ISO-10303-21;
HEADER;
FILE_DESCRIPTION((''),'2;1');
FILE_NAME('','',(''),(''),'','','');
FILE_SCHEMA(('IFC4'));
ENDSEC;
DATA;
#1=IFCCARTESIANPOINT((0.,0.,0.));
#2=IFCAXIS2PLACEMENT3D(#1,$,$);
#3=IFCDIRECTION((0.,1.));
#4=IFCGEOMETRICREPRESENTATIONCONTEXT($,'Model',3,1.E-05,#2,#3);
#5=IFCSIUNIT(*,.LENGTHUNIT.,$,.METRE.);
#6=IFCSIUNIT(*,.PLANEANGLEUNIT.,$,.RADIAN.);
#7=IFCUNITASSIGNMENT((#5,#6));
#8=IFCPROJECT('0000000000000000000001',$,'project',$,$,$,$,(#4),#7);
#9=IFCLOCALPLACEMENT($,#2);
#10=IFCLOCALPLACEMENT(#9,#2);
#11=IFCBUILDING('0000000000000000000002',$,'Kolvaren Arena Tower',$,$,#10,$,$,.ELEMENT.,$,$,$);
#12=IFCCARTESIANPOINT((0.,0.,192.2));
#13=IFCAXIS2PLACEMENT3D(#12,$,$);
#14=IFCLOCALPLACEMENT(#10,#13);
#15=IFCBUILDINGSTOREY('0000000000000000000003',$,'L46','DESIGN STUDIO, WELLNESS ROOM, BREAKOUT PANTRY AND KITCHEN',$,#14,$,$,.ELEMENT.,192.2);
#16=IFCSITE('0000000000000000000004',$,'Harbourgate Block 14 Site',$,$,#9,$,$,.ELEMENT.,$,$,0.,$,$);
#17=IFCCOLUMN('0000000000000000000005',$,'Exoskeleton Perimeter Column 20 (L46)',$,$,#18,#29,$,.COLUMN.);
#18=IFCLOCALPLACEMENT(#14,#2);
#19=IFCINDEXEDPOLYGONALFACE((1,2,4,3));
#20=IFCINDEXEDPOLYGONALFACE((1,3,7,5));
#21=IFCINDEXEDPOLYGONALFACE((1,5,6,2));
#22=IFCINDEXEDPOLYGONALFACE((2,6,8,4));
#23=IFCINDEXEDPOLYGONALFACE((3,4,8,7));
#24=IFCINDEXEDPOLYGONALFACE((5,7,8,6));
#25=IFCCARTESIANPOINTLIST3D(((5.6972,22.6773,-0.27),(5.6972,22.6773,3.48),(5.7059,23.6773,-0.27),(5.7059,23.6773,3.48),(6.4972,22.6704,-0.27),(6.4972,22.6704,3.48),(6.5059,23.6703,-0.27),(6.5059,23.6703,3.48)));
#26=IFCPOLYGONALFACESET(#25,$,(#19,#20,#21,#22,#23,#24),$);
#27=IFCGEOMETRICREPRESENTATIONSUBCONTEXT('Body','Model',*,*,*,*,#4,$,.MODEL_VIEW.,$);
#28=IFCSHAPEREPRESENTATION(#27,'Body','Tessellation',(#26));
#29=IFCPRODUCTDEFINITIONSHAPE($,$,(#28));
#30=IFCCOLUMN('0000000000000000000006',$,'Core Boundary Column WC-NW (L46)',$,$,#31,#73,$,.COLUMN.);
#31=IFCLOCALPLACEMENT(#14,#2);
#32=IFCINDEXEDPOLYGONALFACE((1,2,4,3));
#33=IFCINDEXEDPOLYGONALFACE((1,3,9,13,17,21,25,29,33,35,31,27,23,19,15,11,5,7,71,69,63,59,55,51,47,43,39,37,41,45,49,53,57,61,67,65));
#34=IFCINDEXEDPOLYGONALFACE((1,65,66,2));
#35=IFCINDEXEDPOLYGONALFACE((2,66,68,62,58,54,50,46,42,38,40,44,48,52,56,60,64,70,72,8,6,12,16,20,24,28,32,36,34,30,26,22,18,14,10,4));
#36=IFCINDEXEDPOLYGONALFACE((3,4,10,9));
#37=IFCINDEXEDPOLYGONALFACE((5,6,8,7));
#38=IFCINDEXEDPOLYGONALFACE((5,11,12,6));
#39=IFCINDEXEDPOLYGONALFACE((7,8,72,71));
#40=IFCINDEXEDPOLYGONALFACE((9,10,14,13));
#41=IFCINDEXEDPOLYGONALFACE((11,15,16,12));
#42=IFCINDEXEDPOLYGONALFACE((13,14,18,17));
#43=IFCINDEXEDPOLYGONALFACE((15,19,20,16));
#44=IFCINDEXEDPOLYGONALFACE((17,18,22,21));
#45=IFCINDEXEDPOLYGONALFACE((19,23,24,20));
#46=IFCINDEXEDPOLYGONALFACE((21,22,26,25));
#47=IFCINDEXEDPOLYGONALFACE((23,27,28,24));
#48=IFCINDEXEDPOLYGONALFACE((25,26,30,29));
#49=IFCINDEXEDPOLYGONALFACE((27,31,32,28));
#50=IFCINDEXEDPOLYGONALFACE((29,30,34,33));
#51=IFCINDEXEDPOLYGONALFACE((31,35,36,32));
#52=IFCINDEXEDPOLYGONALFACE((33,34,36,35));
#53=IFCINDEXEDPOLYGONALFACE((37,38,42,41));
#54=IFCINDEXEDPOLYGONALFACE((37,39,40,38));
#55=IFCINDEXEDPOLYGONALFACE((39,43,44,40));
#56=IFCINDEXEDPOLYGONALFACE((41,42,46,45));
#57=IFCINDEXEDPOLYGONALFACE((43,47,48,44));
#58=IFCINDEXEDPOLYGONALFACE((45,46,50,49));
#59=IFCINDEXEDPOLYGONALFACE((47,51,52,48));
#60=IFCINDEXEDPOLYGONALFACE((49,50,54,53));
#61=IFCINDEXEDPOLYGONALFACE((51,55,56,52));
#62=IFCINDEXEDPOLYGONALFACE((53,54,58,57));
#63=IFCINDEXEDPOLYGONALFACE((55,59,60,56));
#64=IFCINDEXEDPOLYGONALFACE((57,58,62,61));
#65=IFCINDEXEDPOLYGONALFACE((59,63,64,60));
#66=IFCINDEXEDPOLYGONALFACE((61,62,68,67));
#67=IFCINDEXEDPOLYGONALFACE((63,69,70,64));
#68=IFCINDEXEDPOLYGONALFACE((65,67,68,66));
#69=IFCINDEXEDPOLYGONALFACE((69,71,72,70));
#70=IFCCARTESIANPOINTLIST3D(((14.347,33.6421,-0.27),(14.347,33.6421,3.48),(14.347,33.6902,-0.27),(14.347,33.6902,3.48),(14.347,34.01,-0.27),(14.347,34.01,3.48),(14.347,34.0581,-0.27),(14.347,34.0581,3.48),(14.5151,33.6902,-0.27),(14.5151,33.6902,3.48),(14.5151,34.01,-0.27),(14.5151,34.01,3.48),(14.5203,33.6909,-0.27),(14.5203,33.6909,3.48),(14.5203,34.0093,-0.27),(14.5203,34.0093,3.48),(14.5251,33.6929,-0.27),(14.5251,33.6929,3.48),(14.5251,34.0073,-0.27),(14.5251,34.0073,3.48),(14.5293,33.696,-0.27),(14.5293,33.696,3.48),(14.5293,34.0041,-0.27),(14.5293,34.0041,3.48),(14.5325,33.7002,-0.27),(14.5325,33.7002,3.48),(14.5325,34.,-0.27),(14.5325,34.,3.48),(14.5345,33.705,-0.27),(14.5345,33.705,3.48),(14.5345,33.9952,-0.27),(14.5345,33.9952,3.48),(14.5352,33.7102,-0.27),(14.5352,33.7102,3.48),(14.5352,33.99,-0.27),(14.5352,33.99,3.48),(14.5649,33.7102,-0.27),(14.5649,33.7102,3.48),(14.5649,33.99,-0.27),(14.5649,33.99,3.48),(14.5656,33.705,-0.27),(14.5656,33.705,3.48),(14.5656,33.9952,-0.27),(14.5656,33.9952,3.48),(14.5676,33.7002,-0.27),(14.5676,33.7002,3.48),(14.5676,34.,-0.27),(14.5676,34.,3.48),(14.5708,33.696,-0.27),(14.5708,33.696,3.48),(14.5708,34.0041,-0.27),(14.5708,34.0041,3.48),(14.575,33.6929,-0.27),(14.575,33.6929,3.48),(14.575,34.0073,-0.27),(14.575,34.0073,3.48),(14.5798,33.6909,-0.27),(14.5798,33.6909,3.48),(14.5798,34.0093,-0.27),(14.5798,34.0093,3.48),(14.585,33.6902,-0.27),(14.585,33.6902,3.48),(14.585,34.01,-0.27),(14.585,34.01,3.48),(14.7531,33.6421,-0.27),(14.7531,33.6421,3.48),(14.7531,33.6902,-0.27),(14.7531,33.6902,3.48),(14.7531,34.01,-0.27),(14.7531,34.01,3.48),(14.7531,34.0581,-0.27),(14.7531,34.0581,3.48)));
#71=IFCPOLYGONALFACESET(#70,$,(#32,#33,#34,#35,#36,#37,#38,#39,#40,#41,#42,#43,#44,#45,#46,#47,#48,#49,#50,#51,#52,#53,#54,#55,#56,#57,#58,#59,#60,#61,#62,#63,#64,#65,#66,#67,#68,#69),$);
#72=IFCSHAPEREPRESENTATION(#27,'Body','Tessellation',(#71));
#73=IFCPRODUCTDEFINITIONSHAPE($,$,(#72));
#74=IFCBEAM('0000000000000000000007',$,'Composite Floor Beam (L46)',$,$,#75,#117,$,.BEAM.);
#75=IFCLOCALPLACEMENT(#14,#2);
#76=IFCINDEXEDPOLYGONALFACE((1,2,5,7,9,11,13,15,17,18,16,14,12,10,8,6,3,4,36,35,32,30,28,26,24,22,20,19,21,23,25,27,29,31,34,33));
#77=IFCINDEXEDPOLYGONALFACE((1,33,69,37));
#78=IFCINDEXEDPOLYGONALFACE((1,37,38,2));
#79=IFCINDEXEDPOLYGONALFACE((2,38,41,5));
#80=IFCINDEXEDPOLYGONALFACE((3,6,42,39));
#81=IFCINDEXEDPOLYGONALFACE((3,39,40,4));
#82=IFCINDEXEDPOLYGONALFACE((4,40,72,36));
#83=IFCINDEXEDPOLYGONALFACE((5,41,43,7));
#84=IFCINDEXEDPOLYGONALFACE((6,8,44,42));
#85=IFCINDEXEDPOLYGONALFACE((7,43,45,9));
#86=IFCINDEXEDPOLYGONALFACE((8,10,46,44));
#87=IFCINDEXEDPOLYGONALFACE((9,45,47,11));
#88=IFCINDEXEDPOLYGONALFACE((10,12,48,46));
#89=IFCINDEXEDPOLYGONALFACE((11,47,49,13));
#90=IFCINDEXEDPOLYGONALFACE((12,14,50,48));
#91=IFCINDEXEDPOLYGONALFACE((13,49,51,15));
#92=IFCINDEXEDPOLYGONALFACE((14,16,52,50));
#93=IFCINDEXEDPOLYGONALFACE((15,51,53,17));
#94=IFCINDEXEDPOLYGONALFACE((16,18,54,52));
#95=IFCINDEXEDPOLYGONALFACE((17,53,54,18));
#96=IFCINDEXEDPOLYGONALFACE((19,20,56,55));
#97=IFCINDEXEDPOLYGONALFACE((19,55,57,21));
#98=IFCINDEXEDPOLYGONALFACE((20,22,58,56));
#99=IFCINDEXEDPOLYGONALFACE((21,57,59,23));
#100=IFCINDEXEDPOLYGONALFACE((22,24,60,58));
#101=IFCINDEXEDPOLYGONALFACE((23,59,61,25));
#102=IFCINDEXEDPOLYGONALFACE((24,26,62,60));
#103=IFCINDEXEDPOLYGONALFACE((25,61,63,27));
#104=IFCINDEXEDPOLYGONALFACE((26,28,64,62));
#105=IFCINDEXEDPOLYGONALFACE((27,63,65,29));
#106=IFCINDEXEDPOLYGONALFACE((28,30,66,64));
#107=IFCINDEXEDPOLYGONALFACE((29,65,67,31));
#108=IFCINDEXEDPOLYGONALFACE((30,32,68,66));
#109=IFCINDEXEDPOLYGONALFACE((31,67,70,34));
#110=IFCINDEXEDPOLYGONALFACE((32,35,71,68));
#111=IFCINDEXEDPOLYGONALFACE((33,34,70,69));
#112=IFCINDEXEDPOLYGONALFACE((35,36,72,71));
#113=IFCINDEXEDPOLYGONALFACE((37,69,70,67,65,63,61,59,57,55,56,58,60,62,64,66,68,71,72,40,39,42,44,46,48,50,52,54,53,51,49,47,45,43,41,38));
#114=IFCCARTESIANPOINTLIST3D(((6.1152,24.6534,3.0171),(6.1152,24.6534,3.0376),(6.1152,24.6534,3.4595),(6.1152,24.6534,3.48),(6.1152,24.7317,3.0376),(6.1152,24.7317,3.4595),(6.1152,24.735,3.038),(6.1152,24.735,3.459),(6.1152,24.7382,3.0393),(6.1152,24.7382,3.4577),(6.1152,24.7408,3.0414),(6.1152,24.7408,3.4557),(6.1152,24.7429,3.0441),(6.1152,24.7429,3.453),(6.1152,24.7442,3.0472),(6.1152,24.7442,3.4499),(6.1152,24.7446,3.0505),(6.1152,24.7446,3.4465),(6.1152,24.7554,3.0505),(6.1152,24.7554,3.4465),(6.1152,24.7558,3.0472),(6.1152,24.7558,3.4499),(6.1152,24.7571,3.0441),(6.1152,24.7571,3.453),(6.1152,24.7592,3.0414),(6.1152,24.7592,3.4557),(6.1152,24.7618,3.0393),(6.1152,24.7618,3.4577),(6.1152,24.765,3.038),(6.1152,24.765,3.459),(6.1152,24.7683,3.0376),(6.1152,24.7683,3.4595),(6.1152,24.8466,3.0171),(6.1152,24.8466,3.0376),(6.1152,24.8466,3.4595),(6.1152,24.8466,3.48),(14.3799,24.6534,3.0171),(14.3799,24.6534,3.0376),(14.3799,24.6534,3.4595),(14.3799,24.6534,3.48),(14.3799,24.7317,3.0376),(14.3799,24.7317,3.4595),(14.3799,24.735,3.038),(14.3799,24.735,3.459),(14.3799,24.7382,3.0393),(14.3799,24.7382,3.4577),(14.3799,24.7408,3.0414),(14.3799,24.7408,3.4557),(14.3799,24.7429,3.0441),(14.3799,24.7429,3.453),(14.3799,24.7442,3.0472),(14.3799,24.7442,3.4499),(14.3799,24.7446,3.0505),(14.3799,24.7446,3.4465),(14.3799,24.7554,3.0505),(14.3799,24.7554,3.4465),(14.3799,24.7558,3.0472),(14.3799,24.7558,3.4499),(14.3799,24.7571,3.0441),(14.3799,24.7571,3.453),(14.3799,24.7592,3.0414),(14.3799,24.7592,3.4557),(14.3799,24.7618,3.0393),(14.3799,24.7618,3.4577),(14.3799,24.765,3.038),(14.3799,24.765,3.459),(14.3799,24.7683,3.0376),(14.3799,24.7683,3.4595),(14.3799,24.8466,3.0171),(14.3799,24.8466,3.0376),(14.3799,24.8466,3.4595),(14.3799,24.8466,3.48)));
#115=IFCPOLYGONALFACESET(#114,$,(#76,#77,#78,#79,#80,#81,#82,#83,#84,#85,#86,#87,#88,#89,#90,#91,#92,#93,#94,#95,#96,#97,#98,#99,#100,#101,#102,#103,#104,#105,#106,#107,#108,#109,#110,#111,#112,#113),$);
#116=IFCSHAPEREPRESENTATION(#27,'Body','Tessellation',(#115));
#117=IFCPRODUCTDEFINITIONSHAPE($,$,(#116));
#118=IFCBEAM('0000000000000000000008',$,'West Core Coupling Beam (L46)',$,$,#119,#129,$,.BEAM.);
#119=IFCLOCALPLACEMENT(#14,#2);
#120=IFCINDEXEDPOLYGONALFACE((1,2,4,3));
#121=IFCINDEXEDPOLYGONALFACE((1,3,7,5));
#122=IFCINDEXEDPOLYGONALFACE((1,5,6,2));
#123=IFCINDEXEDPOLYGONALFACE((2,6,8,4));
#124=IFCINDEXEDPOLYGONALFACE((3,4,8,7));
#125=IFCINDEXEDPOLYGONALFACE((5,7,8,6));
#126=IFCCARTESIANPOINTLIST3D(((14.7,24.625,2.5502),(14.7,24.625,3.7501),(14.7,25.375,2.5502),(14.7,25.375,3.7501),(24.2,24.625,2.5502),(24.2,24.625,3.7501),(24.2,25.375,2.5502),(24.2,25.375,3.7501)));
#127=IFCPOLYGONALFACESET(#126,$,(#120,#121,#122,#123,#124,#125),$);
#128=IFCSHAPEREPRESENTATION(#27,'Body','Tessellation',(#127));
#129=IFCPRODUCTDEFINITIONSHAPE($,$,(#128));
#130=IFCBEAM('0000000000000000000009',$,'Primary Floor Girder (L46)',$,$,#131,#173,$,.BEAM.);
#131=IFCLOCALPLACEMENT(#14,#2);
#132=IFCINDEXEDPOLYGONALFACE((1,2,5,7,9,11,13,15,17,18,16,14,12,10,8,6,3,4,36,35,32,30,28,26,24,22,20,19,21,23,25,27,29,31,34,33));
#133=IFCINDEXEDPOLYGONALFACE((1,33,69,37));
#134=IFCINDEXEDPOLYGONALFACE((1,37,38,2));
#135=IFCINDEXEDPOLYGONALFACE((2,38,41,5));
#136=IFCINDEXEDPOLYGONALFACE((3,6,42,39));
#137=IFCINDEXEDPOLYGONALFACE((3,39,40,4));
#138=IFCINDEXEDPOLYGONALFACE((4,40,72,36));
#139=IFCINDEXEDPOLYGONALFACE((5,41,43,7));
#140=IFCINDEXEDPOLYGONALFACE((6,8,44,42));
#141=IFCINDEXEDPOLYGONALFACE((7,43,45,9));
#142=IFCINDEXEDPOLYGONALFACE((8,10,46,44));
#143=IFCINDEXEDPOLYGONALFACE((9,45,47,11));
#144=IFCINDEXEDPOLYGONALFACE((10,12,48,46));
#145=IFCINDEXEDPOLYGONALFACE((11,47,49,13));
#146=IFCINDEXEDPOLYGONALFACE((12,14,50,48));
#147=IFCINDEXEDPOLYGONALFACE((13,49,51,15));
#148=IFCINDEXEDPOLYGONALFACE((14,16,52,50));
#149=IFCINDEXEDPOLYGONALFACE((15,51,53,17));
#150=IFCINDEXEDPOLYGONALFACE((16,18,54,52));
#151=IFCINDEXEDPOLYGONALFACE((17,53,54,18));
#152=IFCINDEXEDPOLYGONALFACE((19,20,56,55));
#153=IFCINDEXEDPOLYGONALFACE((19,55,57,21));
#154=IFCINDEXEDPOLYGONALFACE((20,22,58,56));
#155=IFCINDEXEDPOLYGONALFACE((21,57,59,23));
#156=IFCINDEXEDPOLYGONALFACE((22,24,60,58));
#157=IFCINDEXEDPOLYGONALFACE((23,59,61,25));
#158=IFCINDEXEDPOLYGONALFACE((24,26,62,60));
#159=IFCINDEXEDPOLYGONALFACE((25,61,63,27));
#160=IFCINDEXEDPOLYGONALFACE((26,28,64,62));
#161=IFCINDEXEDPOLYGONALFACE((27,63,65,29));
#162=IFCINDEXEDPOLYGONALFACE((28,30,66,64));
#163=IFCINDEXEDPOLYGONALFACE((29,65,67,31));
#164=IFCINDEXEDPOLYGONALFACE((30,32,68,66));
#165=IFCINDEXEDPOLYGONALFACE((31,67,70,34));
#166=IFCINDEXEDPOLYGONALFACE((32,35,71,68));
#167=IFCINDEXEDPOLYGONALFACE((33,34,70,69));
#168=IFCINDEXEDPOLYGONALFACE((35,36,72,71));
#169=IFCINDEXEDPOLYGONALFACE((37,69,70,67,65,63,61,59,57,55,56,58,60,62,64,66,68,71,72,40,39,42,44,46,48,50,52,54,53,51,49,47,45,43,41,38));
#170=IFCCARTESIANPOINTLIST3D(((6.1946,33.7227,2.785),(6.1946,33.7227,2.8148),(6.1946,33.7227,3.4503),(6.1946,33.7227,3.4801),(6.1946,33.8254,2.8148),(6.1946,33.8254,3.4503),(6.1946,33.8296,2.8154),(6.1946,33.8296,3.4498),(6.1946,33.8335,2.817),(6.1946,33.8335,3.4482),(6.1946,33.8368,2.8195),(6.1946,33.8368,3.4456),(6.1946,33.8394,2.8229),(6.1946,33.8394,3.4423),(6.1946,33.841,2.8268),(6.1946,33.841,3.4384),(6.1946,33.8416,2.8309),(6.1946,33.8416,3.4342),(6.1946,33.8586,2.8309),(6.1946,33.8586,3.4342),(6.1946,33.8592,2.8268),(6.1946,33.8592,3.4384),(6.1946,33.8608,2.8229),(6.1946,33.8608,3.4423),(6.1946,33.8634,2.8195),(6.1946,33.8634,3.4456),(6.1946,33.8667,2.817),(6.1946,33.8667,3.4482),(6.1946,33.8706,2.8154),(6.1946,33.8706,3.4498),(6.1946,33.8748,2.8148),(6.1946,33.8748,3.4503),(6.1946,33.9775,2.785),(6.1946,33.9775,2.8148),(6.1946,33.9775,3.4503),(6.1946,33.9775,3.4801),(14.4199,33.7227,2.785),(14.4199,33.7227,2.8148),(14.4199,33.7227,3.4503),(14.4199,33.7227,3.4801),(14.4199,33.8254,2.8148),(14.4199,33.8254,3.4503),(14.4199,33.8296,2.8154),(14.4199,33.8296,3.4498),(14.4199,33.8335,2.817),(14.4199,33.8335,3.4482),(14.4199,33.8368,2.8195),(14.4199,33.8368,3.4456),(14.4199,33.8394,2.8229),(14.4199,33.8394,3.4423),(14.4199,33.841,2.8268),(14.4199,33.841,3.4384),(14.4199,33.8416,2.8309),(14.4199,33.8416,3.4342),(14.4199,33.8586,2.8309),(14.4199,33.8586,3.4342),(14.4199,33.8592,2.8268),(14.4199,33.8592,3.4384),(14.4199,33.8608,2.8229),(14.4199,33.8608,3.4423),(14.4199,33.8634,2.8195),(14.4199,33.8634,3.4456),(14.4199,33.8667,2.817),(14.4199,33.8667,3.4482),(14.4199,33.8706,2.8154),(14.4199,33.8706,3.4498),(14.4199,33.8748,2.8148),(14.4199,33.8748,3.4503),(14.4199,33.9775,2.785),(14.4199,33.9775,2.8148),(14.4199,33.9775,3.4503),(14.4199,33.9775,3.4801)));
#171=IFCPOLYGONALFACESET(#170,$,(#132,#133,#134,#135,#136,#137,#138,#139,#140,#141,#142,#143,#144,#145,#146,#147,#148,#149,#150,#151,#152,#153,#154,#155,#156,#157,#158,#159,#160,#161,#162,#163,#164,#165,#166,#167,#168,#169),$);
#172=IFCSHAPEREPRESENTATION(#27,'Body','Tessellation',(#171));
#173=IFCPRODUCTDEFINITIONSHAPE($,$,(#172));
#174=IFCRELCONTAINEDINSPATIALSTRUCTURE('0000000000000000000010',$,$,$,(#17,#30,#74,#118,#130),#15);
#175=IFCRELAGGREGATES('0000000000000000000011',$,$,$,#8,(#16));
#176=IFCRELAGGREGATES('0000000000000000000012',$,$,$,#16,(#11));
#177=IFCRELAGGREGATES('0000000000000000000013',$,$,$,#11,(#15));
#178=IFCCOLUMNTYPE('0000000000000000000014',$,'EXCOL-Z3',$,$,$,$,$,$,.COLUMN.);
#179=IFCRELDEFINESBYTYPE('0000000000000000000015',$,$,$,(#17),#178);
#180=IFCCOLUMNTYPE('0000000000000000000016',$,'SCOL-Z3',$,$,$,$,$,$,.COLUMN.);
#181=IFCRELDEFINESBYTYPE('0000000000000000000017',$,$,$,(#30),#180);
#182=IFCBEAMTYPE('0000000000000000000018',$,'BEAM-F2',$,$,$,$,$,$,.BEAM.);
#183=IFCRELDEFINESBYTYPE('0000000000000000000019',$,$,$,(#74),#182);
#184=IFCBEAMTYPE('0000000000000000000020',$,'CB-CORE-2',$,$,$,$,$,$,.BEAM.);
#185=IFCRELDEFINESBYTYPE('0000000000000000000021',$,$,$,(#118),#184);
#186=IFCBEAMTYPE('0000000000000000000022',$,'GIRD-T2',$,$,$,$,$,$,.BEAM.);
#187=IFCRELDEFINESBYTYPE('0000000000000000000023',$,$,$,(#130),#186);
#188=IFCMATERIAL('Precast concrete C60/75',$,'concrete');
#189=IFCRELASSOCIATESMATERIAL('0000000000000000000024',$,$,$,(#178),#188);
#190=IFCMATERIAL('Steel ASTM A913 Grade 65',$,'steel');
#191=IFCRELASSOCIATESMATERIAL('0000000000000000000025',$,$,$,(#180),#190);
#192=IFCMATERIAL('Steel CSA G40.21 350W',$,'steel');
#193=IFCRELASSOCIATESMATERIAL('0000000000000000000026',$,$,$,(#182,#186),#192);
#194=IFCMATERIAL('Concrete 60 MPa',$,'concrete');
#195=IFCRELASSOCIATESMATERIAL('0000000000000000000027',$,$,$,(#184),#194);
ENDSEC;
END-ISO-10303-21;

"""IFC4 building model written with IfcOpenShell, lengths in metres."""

from ifc_helpers import new_model, si_unit, direction, frame, origin, origin_2d, place, context, subcontext, project, spatial, rectangle, i_section, extrude, material, material_profile, profile_set, type_object, element, save


model = new_model("IFC4")

# Units and contexts
model_context = context("Model", 3, precision=1e-05, world=origin(), true_north=direction((0.0, 1.0)))
body_context = subcontext(model_context, "Body", "Model", "MODEL_VIEW")
ifc_project = project(units=[si_unit("LENGTHUNIT", "METRE"), si_unit("PLANEANGLEUNIT", "RADIAN")], contexts=[model_context])

# Site, building, storey
site_placement = place(None, origin())
site = spatial("IfcSite", under=ifc_project, at=site_placement, Name="Harbourgate Block 14 Site", CompositionType="ELEMENT", RefElevation=0.0)
building_placement = place(site_placement, origin())
building = spatial("IfcBuilding", under=site, at=building_placement, Name="Kolvaren Arena Tower", CompositionType="ELEMENT")
storey_placement = place(building_placement, frame((0.0, 0.0, 192.2)))
storey = spatial("IfcBuildingStorey", under=building, at=storey_placement, Name="L46", Description="DESIGN STUDIO, WELLNESS ROOM, BREAKOUT PANTRY AND KITCHEN", CompositionType="ELEMENT", Elevation=192.2)

# Columns
ifc_material_1 = material(Name="Precast concrete C60/75", Category="concrete")
ifc_material_profile_1 = material_profile(ifc_material_1, rectangle(XDim=1.0, YDim=0.8, at=origin_2d()), Name="RC-1000x800")
ifc_profile_set_1 = profile_set([ifc_material_profile_1], Name="Precast concrete C60/75")
column_type_1 = type_object("IfcColumnType", Name="EXCOL-Z3", PredefinedType="COLUMN", material=ifc_profile_set_1)
column_1_placement = place(storey_placement, frame((6.1016, 23.1738, -0.27), z_axis=(0.0, 0.0, 1.0), x_axis=(0.008727, 0.999962, 0.0)))
element("IfcColumn", 1, at=column_1_placement, inside=storey, type_object=column_type_1, Name="Exoskeleton Perimeter Column 20 (L46)", PredefinedType="COLUMN", context=body_context, shape_type="SweptSolid", body=[
    extrude(rectangle(XDim=1.0, YDim=0.8, at=origin_2d()), origin(), (0.0, 0.0, 1.0), 3.75),
])
ifc_material_2 = material(Name="Steel ASTM A913 Grade 65", Category="steel")
ifc_material_profile_2 = material_profile(ifc_material_2, i_section(OverallWidth=0.406, OverallDepth=0.416, WebThickness=0.0298, FlangeThickness=0.0481, FilletRadius=0.02, at=origin_2d()), Name="W360x382")
ifc_profile_set_2 = profile_set([ifc_material_profile_2], Name="Steel ASTM A913 Grade 65")
column_type_2 = type_object("IfcColumnType", Name="SCOL-Z3", PredefinedType="COLUMN", material=ifc_profile_set_2)
column_2_placement = place(storey_placement, frame((14.55, 33.8501, -0.27), z_axis=(0.0, 0.0, 1.0), x_axis=(1.0, 0.0, 0.0)))
element("IfcColumn", 2, at=column_2_placement, inside=storey, type_object=column_type_2, Name="Core Boundary Column WC-NW (L46)", PredefinedType="COLUMN", context=body_context, shape_type="SweptSolid", body=[
    extrude(i_section(OverallWidth=0.406, OverallDepth=0.416, WebThickness=0.0298, FlangeThickness=0.0481, FilletRadius=0.02, at=origin_2d()), origin(), (0.0, 0.0, 1.0), 3.75),
])

# Beams
ifc_material_3 = material(Name="Steel CSA G40.21 350W", Category="steel")
ifc_material_profile_3 = material_profile(ifc_material_3, i_section(OverallWidth=0.1931, OverallDepth=0.4629, WebThickness=0.0107, FlangeThickness=0.0205, FilletRadius=0.0129, at=origin_2d()), Name="W460x113")
ifc_profile_set_3 = profile_set([ifc_material_profile_3], Name="Steel CSA G40.21 350W")
beam_type_1 = type_object("IfcBeamType", Name="BEAM-F2", PredefinedType="BEAM", material=ifc_profile_set_3)
beam_1_placement = place(storey_placement, frame((6.1152, 24.75, 3.2485), z_axis=(1.0, 0.0, 0.0), x_axis=(0.0, 1.0, 0.0)))
element("IfcBeam", 3, at=beam_1_placement, inside=storey, type_object=beam_type_1, Name="Composite Floor Beam (L46)", PredefinedType="BEAM", context=body_context, shape_type="SweptSolid", body=[
    extrude(i_section(OverallWidth=0.1931, OverallDepth=0.4629, WebThickness=0.0107, FlangeThickness=0.0205, FilletRadius=0.0129, at=origin_2d()), origin(), (0.0, 0.0, 1.0), 8.2646),
])
ifc_material_4 = material(Name="Concrete 60 MPa", Category="concrete")
ifc_material_profile_4 = material_profile(ifc_material_4, rectangle(XDim=0.75, YDim=1.2, at=origin_2d()), Name="RC-750x1200")
ifc_profile_set_4 = profile_set([ifc_material_profile_4], Name="Concrete 60 MPa")
beam_type_2 = type_object("IfcBeamType", Name="CB-CORE-2", PredefinedType="BEAM", material=ifc_profile_set_4)
beam_2_placement = place(storey_placement, frame((14.7, 25.0, 3.1501), z_axis=(1.0, 0.0, 0.0), x_axis=(0.0, 1.0, 0.0)))
element("IfcBeam", 4, at=beam_2_placement, inside=storey, type_object=beam_type_2, Name="West Core Coupling Beam (L46)", PredefinedType="BEAM", context=body_context, shape_type="SweptSolid", body=[
    extrude(rectangle(XDim=0.75, YDim=1.2, at=origin_2d()), origin(), (0.0, 0.0, 1.0), 9.5),
])
ifc_material_profile_5 = material_profile(ifc_material_3, i_section(OverallWidth=0.2549, OverallDepth=0.6951, WebThickness=0.0171, FlangeThickness=0.0298, FilletRadius=0.0161, at=origin_2d()), Name="W690x217")
ifc_profile_set_5 = profile_set([ifc_material_profile_5], Name="Steel CSA G40.21 350W")
beam_type_3 = type_object("IfcBeamType", Name="GIRD-T2", PredefinedType="BEAM", material=ifc_profile_set_5)
beam_3_placement = place(storey_placement, frame((6.1946, 33.8501, 3.1326), z_axis=(1.0, 0.0, 0.0), x_axis=(0.0, 1.0, 0.0)))
element("IfcBeam", 5, at=beam_3_placement, inside=storey, type_object=beam_type_3, Name="Primary Floor Girder (L46)", PredefinedType="BEAM", context=body_context, shape_type="SweptSolid", body=[
    extrude(i_section(OverallWidth=0.2549, OverallDepth=0.6951, WebThickness=0.0171, FlangeThickness=0.0298, FilletRadius=0.0161, at=origin_2d()), origin(), (0.0, 0.0, 1.0), 8.2253),
])

save(model, "model.ifc")
